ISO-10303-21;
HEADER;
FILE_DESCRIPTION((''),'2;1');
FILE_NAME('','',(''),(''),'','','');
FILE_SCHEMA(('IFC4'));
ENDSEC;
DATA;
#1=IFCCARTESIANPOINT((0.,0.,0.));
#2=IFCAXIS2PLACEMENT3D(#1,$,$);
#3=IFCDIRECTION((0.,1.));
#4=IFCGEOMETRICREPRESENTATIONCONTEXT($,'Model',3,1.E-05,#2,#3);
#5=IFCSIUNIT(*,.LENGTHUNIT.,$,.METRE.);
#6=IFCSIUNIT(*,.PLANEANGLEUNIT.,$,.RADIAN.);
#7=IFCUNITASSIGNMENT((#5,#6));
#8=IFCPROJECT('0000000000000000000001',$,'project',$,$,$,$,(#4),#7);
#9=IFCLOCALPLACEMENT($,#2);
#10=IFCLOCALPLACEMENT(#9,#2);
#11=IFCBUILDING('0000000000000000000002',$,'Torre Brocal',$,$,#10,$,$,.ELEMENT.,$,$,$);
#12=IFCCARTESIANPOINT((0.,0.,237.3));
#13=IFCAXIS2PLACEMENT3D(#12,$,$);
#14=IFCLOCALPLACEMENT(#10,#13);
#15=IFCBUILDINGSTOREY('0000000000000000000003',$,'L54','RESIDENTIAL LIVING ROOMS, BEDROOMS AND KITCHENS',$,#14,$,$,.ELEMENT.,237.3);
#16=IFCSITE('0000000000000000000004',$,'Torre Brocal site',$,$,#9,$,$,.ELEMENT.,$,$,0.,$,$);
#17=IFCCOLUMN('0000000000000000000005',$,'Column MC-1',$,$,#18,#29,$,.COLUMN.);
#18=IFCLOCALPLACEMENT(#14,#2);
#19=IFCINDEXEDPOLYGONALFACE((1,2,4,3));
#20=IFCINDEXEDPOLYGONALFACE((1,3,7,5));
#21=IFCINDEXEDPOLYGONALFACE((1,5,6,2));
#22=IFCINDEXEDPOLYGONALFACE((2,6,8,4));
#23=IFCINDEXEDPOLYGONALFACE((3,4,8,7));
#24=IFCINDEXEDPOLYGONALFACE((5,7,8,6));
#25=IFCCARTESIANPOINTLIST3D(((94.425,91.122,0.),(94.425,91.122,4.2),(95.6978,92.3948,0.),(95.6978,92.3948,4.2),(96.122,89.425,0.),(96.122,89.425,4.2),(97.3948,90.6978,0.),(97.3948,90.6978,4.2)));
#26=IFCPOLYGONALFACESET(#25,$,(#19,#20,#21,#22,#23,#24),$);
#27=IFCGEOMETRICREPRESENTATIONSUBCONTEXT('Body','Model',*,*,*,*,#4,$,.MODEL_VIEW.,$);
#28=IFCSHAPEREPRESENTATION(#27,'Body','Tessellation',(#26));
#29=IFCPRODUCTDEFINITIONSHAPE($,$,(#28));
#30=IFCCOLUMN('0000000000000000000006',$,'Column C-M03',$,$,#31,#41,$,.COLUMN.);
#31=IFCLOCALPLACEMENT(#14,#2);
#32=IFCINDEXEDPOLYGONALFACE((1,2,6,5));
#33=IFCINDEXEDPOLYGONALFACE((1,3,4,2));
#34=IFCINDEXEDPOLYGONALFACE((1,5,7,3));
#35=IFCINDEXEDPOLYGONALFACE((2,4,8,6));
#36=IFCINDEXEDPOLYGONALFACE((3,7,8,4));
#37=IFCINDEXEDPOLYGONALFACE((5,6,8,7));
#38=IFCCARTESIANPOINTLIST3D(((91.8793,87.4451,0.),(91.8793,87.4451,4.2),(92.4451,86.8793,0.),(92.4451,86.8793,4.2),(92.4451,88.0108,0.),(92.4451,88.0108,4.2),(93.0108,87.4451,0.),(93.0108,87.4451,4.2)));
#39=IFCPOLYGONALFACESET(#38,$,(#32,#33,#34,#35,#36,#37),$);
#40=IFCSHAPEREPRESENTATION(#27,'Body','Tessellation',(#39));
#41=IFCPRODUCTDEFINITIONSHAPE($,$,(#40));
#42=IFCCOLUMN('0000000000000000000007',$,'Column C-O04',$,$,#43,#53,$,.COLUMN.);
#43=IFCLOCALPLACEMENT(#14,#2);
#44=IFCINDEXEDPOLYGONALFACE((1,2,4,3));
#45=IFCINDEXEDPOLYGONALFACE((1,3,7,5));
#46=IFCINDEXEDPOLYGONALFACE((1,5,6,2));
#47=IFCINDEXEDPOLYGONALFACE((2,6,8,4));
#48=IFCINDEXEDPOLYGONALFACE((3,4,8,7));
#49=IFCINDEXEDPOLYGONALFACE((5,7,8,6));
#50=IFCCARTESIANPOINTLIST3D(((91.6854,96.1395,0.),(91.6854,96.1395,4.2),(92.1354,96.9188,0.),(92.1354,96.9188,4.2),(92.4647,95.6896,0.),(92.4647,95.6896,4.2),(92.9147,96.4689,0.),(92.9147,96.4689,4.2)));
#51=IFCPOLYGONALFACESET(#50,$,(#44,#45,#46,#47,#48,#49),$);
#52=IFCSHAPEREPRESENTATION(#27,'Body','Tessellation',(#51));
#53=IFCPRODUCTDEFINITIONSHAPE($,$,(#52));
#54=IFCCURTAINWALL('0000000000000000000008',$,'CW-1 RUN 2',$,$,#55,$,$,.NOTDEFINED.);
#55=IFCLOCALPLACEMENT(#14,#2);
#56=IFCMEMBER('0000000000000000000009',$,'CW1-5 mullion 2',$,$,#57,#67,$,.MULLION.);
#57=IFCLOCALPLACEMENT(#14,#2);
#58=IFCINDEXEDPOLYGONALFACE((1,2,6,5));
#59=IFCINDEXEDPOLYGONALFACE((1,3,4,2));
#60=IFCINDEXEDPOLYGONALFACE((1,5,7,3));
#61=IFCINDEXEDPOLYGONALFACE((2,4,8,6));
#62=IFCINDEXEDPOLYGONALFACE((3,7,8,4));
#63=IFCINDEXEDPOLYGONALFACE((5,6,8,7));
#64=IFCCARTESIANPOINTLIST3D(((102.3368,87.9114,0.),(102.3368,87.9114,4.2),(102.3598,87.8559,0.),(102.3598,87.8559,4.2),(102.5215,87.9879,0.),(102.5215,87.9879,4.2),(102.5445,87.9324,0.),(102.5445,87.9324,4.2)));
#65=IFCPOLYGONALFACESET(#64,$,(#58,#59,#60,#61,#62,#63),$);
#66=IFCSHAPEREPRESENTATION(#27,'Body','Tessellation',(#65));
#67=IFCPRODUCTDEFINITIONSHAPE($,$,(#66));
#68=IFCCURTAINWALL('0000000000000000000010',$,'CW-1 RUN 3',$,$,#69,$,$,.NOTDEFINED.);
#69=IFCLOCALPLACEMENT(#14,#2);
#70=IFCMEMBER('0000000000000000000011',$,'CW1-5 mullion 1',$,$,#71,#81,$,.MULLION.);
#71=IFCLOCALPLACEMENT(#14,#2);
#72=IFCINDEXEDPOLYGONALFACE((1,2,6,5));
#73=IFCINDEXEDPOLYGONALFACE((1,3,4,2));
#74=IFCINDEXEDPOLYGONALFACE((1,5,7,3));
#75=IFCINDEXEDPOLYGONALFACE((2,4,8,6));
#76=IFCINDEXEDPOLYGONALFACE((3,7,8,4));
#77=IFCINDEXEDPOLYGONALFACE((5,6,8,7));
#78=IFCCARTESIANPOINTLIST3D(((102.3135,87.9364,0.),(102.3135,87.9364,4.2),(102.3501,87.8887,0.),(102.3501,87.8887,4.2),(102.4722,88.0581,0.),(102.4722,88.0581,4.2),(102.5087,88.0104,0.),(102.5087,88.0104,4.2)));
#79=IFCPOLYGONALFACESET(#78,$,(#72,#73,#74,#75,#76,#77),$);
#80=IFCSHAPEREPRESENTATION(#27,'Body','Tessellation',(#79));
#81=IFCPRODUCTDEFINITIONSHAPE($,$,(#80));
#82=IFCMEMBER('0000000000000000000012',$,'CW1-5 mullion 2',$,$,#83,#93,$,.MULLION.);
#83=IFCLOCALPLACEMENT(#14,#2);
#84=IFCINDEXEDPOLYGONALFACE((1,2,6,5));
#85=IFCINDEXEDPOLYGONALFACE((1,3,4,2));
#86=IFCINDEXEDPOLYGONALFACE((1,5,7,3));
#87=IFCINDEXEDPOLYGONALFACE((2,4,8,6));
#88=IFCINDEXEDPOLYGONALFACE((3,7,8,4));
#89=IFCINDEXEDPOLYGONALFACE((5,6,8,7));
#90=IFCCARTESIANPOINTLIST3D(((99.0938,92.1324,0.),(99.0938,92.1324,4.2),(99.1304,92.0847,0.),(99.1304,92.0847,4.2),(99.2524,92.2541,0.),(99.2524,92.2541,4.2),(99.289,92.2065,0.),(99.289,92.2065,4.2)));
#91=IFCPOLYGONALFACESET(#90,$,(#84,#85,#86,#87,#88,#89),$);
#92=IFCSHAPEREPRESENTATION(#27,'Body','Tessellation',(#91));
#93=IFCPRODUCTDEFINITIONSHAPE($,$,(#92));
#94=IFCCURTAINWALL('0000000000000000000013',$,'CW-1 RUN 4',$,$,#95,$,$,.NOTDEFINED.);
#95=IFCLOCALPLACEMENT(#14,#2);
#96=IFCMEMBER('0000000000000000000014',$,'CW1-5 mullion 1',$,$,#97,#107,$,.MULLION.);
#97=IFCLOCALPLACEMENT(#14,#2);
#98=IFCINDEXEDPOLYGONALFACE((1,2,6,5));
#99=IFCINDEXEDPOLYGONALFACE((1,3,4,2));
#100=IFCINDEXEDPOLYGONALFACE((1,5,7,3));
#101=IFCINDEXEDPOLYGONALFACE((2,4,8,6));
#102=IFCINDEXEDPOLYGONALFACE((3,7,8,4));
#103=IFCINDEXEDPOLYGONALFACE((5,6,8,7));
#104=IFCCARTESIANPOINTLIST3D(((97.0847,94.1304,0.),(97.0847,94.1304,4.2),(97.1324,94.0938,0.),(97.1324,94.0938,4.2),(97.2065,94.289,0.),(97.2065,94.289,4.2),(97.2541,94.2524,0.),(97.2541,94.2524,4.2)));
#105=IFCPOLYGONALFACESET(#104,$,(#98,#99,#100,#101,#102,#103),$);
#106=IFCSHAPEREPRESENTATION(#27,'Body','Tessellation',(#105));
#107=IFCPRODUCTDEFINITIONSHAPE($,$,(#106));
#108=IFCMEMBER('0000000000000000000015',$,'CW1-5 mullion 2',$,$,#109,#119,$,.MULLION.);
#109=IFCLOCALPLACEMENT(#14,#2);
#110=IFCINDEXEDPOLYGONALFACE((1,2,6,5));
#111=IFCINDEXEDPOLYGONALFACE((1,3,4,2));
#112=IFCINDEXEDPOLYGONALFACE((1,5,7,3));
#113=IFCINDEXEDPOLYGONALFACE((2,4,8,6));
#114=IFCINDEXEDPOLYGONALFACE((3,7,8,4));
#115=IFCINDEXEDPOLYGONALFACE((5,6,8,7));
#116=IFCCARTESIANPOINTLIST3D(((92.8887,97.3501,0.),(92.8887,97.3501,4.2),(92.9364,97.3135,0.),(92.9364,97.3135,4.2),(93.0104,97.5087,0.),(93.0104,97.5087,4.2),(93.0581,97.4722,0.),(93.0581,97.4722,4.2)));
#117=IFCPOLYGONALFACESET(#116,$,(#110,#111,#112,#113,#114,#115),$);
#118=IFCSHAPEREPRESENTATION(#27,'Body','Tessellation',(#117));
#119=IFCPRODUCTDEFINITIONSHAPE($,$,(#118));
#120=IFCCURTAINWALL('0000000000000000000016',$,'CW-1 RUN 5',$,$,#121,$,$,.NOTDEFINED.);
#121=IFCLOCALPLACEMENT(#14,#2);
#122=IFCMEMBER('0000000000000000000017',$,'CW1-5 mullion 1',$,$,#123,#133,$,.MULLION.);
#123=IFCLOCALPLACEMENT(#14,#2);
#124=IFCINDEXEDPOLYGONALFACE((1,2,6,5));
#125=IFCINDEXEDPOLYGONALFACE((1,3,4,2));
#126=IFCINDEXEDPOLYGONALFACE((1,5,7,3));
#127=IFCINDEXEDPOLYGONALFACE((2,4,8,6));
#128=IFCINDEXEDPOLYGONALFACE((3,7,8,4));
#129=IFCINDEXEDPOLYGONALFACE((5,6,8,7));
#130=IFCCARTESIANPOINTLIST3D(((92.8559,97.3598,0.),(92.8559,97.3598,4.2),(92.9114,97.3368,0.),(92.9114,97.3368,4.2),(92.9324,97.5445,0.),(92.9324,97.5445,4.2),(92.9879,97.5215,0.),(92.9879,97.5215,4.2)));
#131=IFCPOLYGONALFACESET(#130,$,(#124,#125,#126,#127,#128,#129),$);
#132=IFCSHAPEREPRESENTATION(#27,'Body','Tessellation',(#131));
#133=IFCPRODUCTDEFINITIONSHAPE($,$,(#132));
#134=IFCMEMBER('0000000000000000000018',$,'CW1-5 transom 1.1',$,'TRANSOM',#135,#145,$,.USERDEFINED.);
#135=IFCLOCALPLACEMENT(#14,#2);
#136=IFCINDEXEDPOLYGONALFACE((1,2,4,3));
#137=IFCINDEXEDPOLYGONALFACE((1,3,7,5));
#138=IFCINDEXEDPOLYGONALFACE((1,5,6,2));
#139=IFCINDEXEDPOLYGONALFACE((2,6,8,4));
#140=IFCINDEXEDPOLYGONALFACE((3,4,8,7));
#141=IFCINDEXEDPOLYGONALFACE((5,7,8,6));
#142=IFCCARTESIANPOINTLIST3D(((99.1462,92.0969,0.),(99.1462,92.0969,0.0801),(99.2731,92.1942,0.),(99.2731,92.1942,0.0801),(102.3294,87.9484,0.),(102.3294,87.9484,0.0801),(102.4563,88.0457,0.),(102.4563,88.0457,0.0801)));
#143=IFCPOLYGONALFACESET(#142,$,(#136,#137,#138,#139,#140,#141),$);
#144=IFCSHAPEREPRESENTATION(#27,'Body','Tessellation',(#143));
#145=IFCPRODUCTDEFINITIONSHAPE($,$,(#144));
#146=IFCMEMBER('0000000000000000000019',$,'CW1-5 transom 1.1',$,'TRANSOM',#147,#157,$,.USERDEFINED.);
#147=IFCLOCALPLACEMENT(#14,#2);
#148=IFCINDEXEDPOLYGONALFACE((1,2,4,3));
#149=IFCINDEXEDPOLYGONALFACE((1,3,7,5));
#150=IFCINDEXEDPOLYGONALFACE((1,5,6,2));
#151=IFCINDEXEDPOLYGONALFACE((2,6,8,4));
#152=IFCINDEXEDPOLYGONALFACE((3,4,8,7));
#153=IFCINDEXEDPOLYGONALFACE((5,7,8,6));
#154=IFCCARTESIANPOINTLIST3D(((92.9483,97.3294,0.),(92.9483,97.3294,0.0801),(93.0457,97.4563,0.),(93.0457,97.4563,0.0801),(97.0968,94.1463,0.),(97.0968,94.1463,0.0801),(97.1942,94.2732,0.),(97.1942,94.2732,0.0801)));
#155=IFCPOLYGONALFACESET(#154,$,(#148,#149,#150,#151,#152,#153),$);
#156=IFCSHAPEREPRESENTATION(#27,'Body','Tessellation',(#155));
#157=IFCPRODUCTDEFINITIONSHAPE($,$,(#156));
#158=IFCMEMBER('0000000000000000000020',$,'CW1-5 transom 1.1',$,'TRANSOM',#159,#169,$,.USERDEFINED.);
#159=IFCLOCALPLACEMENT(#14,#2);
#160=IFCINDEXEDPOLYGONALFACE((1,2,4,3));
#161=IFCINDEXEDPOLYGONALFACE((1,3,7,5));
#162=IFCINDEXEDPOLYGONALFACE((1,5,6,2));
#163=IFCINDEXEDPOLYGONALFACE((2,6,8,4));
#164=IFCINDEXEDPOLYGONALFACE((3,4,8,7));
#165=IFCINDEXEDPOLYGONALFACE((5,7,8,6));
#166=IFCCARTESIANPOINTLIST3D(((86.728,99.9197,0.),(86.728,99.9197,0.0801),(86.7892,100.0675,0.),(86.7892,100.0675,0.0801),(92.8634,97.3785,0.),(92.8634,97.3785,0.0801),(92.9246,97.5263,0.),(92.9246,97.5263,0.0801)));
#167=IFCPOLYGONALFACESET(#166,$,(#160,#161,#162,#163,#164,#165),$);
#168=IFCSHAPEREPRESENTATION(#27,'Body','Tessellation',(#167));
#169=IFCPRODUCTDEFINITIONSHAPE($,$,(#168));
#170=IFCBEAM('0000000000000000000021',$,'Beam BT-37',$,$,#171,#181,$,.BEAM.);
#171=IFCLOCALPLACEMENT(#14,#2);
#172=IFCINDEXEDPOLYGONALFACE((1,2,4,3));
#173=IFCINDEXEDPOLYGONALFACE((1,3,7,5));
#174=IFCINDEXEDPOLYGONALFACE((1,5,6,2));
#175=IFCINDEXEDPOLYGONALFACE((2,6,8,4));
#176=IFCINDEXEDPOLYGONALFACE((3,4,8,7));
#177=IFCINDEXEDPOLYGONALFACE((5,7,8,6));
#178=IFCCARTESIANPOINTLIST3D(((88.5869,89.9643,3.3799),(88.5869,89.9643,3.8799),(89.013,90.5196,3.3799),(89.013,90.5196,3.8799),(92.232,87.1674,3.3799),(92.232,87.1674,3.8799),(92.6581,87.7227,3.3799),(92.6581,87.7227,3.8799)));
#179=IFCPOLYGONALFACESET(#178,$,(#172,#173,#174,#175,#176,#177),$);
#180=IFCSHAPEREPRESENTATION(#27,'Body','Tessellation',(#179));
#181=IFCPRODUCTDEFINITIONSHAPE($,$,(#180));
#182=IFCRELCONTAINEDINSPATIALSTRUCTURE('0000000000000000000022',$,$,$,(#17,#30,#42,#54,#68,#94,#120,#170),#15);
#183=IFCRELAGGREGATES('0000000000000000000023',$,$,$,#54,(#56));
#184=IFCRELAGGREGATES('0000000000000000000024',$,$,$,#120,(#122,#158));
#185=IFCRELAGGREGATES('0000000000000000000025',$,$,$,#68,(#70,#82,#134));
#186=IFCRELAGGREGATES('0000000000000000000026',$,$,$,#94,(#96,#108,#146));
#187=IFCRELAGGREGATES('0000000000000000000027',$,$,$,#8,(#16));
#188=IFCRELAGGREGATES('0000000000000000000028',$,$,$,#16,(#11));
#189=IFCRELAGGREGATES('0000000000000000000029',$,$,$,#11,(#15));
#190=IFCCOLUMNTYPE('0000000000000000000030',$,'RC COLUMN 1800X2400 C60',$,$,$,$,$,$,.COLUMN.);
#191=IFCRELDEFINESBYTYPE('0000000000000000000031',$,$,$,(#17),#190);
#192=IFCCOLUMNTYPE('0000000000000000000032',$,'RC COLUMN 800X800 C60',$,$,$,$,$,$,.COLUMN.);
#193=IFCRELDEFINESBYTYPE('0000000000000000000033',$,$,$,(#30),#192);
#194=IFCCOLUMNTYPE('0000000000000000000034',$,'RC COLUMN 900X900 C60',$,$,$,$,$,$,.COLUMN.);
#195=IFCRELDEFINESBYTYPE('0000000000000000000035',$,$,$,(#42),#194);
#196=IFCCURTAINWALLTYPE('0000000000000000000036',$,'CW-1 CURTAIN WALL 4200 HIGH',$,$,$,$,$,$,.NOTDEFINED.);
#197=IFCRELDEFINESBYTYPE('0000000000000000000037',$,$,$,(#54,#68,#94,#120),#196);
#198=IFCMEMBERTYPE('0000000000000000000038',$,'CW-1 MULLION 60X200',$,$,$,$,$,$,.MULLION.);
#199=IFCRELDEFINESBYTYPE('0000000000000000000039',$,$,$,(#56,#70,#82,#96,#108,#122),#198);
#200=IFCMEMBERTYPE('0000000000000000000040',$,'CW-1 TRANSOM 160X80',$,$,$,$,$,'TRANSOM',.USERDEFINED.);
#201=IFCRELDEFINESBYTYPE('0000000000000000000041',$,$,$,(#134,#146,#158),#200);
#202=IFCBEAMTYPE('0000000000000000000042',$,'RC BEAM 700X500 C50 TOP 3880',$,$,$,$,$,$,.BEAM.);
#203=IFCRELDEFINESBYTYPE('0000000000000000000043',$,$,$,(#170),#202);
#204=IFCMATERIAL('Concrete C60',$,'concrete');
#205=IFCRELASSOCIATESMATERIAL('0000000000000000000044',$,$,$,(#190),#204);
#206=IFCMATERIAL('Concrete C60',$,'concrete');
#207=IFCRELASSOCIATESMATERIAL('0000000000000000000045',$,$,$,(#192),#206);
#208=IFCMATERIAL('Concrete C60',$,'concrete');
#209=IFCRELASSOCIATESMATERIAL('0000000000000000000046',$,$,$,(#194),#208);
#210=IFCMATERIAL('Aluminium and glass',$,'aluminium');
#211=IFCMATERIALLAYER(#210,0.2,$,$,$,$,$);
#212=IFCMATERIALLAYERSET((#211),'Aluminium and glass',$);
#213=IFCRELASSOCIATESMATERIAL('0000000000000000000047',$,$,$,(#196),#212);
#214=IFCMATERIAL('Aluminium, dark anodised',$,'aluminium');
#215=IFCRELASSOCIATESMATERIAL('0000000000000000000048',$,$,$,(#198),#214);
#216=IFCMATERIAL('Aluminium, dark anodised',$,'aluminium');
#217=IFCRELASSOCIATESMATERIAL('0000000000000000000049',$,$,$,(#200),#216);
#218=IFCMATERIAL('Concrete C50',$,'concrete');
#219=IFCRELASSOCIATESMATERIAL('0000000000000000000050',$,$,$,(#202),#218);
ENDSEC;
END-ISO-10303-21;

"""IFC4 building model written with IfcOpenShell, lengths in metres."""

from ifc_helpers import new_model, si_unit, direction, frame, origin, origin_2d, place, context, subcontext, project, spatial, rectangle, extrude, material, layer, layer_set, material_profile, profile_set, type_object, element, aggregate, save


model = new_model("IFC4")

# Units and contexts
model_context = context("Model", 3, precision=1e-05, world=origin(), true_north=direction((0.0, 1.0)))
body_context = subcontext(model_context, "Body", "Model", "MODEL_VIEW")
ifc_project = project(units=[si_unit("LENGTHUNIT", "METRE"), si_unit("PLANEANGLEUNIT", "RADIAN")], contexts=[model_context])

# Site, building, storey
site_placement = place(None, origin())
site = spatial("IfcSite", under=ifc_project, at=site_placement, Name="Torre Brocal site", CompositionType="ELEMENT", RefElevation=0.0)
building_placement = place(site_placement, origin())
building = spatial("IfcBuilding", under=site, at=building_placement, Name="Torre Brocal", CompositionType="ELEMENT")
storey_placement = place(building_placement, frame((0.0, 0.0, 237.3)))
storey = spatial("IfcBuildingStorey", under=building, at=storey_placement, Name="L54", Description="RESIDENTIAL LIVING ROOMS, BEDROOMS AND KITCHENS", CompositionType="ELEMENT", Elevation=237.3)

# Columns
ifc_material_1 = material(Name="Concrete C60", Category="concrete")
ifc_material_profile_1 = material_profile(ifc_material_1, rectangle(XDim=1.8, YDim=2.3999, at=origin_2d()), Name="RC 1800X2400")
ifc_profile_set_1 = profile_set([ifc_material_profile_1], Name="Concrete C60")
column_type_1 = type_object("IfcColumnType", Name="RC COLUMN 1800X2400 C60", PredefinedType="COLUMN", material=ifc_profile_set_1)
column_1_placement = place(storey_placement, frame((95.9099, 90.9099, 0.0), z_axis=(0.0, 0.0, 1.0), x_axis=(0.707107, 0.707107, 0.0)))
element("IfcColumn", 1, at=column_1_placement, inside=storey, type_object=column_type_1, Name="Column MC-1", PredefinedType="COLUMN", context=body_context, shape_type="SweptSolid", body=[
    extrude(rectangle(XDim=1.8, YDim=2.3999, at=origin_2d()), origin(), (0.0, 0.0, 1.0), 4.2),
])
ifc_material_2 = material(Name="Concrete C60", Category="concrete")
ifc_material_profile_2 = material_profile(ifc_material_2, rectangle(XDim=0.8, YDim=0.8, at=origin_2d()), Name="RC 800X800")
ifc_profile_set_2 = profile_set([ifc_material_profile_2], Name="Concrete C60")
column_type_2 = type_object("IfcColumnType", Name="RC COLUMN 800X800 C60", PredefinedType="COLUMN", material=ifc_profile_set_2)
column_2_placement = place(storey_placement, frame((92.4451, 87.4451, 0.0), z_axis=(0.0, 0.0, 1.0), x_axis=(0.707107, 0.707107, 0.0)))
element("IfcColumn", 2, at=column_2_placement, inside=storey, type_object=column_type_2, Name="Column C-M03", PredefinedType="COLUMN", context=body_context, shape_type="SweptSolid", body=[
    extrude(rectangle(XDim=0.8, YDim=0.8, at=origin_2d()), origin(), (0.0, 0.0, 1.0), 4.2),
])
ifc_material_3 = material(Name="Concrete C60", Category="concrete")
ifc_material_profile_3 = material_profile(ifc_material_3, rectangle(XDim=0.8999, YDim=0.8999, at=origin_2d()), Name="RC 900X900")
ifc_profile_set_3 = profile_set([ifc_material_profile_3], Name="Concrete C60")
column_type_3 = type_object("IfcColumnType", Name="RC COLUMN 900X900 C60", PredefinedType="COLUMN", material=ifc_profile_set_3)
column_3_placement = place(storey_placement, frame((92.3, 96.3042, 0.0), z_axis=(0.0, 0.0, 1.0), x_axis=(0.5, 0.866025, 0.0)))
element("IfcColumn", 3, at=column_3_placement, inside=storey, type_object=column_type_3, Name="Column C-O04", PredefinedType="COLUMN", context=body_context, shape_type="SweptSolid", body=[
    extrude(rectangle(XDim=0.8999, YDim=0.8999, at=origin_2d()), origin(), (0.0, 0.0, 1.0), 4.2),
])

# Curtain wall, member
ifc_material_4 = material(Name="Aluminium and glass", Category="aluminium")
ifc_layer_1 = layer(ifc_material_4, 0.2)
ifc_layer_set_1 = layer_set([ifc_layer_1], Name="Aluminium and glass")
curtain_wall_type = type_object("IfcCurtainWallType", Name="CW-1 CURTAIN WALL 4200 HIGH", PredefinedType="NOTDEFINED", material=ifc_layer_set_1)
curtain_wall_1_placement = place(storey_placement, origin())
curtain_wall_1 = element("IfcCurtainWall", 4, at=curtain_wall_1_placement, inside=storey, type_object=curtain_wall_type, Name="CW-1 RUN 2", PredefinedType="NOTDEFINED")
ifc_material_5 = material(Name="Aluminium, dark anodised", Category="aluminium")
ifc_material_profile_4 = material_profile(ifc_material_5, rectangle(XDim=0.2, YDim=0.0601, at=origin_2d()), Name="CW-1 MULLION 60X200")
ifc_profile_set_4 = profile_set([ifc_material_profile_4], Name="Aluminium, dark anodised")
member_type_1 = type_object("IfcMemberType", Name="CW-1 MULLION 60X200", PredefinedType="MULLION", material=ifc_profile_set_4)
member_1_placement = place(storey_placement, frame((102.4407, 87.9219, 0.0), z_axis=(0.0, 0.0, 1.0), x_axis=(-0.92388, -0.382683, 0.0)))
member_1 = element("IfcMember", 5, at=member_1_placement, type_object=member_type_1, Name="CW1-5 mullion 2", PredefinedType="MULLION", context=body_context, shape_type="SweptSolid", body=[
    extrude(rectangle(XDim=0.2, YDim=0.0601, at=origin_2d()), origin(), (0.0, 0.0, 1.0), 4.2),
])
aggregate(curtain_wall_1, [member_1])

# Curtain walls, members
curtain_wall_2_placement = place(storey_placement, origin())
curtain_wall_2 = element("IfcCurtainWall", 6, at=curtain_wall_2_placement, inside=storey, type_object=curtain_wall_type, Name="CW-1 RUN 3", PredefinedType="NOTDEFINED")
member_2_placement = place(storey_placement, frame((102.4111, 87.9734, 0.0), z_axis=(0.0, 0.0, 1.0), x_axis=(-0.793353, -0.608761, 0.0)))
member_2 = element("IfcMember", 7, at=member_2_placement, type_object=member_type_1, Name="CW1-5 mullion 1", PredefinedType="MULLION", context=body_context, shape_type="SweptSolid", body=[
    extrude(rectangle(XDim=0.2, YDim=0.0601, at=origin_2d()), origin(), (0.0, 0.0, 1.0), 4.2),
])
member_3_placement = place(storey_placement, frame((99.1914, 92.1694, 0.0), z_axis=(0.0, 0.0, 1.0), x_axis=(-0.793353, -0.608761, 0.0)))
member_3 = element("IfcMember", 8, at=member_3_placement, type_object=member_type_1, Name="CW1-5 mullion 2", PredefinedType="MULLION", context=body_context, shape_type="SweptSolid", body=[
    extrude(rectangle(XDim=0.2, YDim=0.0601, at=origin_2d()), origin(), (0.0, 0.0, 1.0), 4.2),
])
curtain_wall_3_placement = place(storey_placement, origin())
curtain_wall_3 = element("IfcCurtainWall", 9, at=curtain_wall_3_placement, inside=storey, type_object=curtain_wall_type, Name="CW-1 RUN 4", PredefinedType="NOTDEFINED")
member_4_placement = place(storey_placement, frame((97.1694, 94.1914, 0.0), z_axis=(0.0, 0.0, 1.0), x_axis=(-0.608761, -0.793353, 0.0)))
member_4 = element("IfcMember", 10, at=member_4_placement, type_object=member_type_1, Name="CW1-5 mullion 1", PredefinedType="MULLION", context=body_context, shape_type="SweptSolid", body=[
    extrude(rectangle(XDim=0.2, YDim=0.0601, at=origin_2d()), origin(), (0.0, 0.0, 1.0), 4.2),
])
member_5_placement = place(storey_placement, frame((92.9734, 97.4111, 0.0), z_axis=(0.0, 0.0, 1.0), x_axis=(-0.608761, -0.793353, 0.0)))
member_5 = element("IfcMember", 11, at=member_5_placement, type_object=member_type_1, Name="CW1-5 mullion 2", PredefinedType="MULLION", context=body_context, shape_type="SweptSolid", body=[
    extrude(rectangle(XDim=0.2, YDim=0.0601, at=origin_2d()), origin(), (0.0, 0.0, 1.0), 4.2),
])

# Curtain wall, member
curtain_wall_4_placement = place(storey_placement, origin())
curtain_wall_4 = element("IfcCurtainWall", 12, at=curtain_wall_4_placement, inside=storey, type_object=curtain_wall_type, Name="CW-1 RUN 5", PredefinedType="NOTDEFINED")
member_6_placement = place(storey_placement, frame((92.9219, 97.4407, 0.0), z_axis=(0.0, 0.0, 1.0), x_axis=(-0.382683, -0.92388, 0.0)))
member_6 = element("IfcMember", 13, at=member_6_placement, type_object=member_type_1, Name="CW1-5 mullion 1", PredefinedType="MULLION", context=body_context, shape_type="SweptSolid", body=[
    extrude(rectangle(XDim=0.2, YDim=0.0601, at=origin_2d()), origin(), (0.0, 0.0, 1.0), 4.2),
])

# Members
ifc_material_6 = material(Name="Aluminium, dark anodised", Category="aluminium")
ifc_material_profile_5 = material_profile(ifc_material_6, rectangle(XDim=0.1599, YDim=0.0801, at=origin_2d()), Name="CW-1 TRANSOM 160X80")
ifc_profile_set_5 = profile_set([ifc_material_profile_5], Name="Aluminium, dark anodised")
member_type_2 = type_object("IfcMemberType", Name="CW-1 TRANSOM 160X80", ElementType="TRANSOM", PredefinedType="USERDEFINED", material=ifc_profile_set_5)
member_7_placement = place(storey_placement, frame((102.3928, 87.9971, 0.04), z_axis=(-0.608749, 0.793363, 0.0), x_axis=(-0.793363, -0.608749, 0.0)))
member_7 = element("IfcMember", 14, at=member_7_placement, type_object=member_type_2, Name="CW1-5 transom 1.1", ObjectType="TRANSOM", PredefinedType="USERDEFINED", context=body_context, shape_type="SweptSolid", body=[
    extrude(rectangle(XDim=0.1599, YDim=0.0801, at=origin_2d()), origin(), (0.0, 0.0, 1.0), 5.229),
])
member_8_placement = place(storey_placement, frame((97.1455, 94.2097, 0.04), z_axis=(-0.793363, 0.608749, 0.0), x_axis=(-0.608749, -0.793363, 0.0)))
member_8 = element("IfcMember", 15, at=member_8_placement, type_object=member_type_2, Name="CW1-5 transom 1.1", ObjectType="TRANSOM", PredefinedType="USERDEFINED", context=body_context, shape_type="SweptSolid", body=[
    extrude(rectangle(XDim=0.1599, YDim=0.0801, at=origin_2d()), origin(), (0.0, 0.0, 1.0), 5.229),
])
member_9_placement = place(storey_placement, frame((92.894, 97.4524, 0.04), z_axis=(-0.923887, 0.382665, 0.0), x_axis=(-0.382665, -0.923887, 0.0)))
member_9 = element("IfcMember", 16, at=member_9_placement, type_object=member_type_2, Name="CW1-5 transom 1.1", ObjectType="TRANSOM", PredefinedType="USERDEFINED", context=body_context, shape_type="SweptSolid", body=[
    extrude(rectangle(XDim=0.1599, YDim=0.0801, at=origin_2d()), origin(), (0.0, 0.0, 1.0), 6.6409),
])
aggregate(curtain_wall_4, [member_6, member_9])

# Beam
ifc_material_7 = material(Name="Concrete C50", Category="concrete")
ifc_material_profile_6 = material_profile(ifc_material_7, rectangle(XDim=0.7, YDim=0.5, at=origin_2d()), Name="RC 700X500")
ifc_profile_set_6 = profile_set([ifc_material_profile_6], Name="Concrete C50")
beam_type_1 = type_object("IfcBeamType", Name="RC BEAM 700X500 C50 TOP 3880", PredefinedType="BEAM", material=ifc_profile_set_6)
beam_1_placement = place(storey_placement, frame((92.4451, 87.4451, 3.6299), z_axis=(-0.793358, 0.608755, 0.0), x_axis=(-0.608755, -0.793358, 0.0)))
element("IfcBeam", 17, at=beam_1_placement, inside=storey, type_object=beam_type_1, Name="Beam BT-37", PredefinedType="BEAM", context=body_context, shape_type="SweptSolid", body=[
    extrude(rectangle(XDim=0.7, YDim=0.5, at=origin_2d()), origin(), (0.0, 0.0, 1.0), 4.5945),
])

aggregate(curtain_wall_2, [member_2, member_3, member_7])
aggregate(curtain_wall_3, [member_4, member_5, member_8])

save(model, "model.ifc")
